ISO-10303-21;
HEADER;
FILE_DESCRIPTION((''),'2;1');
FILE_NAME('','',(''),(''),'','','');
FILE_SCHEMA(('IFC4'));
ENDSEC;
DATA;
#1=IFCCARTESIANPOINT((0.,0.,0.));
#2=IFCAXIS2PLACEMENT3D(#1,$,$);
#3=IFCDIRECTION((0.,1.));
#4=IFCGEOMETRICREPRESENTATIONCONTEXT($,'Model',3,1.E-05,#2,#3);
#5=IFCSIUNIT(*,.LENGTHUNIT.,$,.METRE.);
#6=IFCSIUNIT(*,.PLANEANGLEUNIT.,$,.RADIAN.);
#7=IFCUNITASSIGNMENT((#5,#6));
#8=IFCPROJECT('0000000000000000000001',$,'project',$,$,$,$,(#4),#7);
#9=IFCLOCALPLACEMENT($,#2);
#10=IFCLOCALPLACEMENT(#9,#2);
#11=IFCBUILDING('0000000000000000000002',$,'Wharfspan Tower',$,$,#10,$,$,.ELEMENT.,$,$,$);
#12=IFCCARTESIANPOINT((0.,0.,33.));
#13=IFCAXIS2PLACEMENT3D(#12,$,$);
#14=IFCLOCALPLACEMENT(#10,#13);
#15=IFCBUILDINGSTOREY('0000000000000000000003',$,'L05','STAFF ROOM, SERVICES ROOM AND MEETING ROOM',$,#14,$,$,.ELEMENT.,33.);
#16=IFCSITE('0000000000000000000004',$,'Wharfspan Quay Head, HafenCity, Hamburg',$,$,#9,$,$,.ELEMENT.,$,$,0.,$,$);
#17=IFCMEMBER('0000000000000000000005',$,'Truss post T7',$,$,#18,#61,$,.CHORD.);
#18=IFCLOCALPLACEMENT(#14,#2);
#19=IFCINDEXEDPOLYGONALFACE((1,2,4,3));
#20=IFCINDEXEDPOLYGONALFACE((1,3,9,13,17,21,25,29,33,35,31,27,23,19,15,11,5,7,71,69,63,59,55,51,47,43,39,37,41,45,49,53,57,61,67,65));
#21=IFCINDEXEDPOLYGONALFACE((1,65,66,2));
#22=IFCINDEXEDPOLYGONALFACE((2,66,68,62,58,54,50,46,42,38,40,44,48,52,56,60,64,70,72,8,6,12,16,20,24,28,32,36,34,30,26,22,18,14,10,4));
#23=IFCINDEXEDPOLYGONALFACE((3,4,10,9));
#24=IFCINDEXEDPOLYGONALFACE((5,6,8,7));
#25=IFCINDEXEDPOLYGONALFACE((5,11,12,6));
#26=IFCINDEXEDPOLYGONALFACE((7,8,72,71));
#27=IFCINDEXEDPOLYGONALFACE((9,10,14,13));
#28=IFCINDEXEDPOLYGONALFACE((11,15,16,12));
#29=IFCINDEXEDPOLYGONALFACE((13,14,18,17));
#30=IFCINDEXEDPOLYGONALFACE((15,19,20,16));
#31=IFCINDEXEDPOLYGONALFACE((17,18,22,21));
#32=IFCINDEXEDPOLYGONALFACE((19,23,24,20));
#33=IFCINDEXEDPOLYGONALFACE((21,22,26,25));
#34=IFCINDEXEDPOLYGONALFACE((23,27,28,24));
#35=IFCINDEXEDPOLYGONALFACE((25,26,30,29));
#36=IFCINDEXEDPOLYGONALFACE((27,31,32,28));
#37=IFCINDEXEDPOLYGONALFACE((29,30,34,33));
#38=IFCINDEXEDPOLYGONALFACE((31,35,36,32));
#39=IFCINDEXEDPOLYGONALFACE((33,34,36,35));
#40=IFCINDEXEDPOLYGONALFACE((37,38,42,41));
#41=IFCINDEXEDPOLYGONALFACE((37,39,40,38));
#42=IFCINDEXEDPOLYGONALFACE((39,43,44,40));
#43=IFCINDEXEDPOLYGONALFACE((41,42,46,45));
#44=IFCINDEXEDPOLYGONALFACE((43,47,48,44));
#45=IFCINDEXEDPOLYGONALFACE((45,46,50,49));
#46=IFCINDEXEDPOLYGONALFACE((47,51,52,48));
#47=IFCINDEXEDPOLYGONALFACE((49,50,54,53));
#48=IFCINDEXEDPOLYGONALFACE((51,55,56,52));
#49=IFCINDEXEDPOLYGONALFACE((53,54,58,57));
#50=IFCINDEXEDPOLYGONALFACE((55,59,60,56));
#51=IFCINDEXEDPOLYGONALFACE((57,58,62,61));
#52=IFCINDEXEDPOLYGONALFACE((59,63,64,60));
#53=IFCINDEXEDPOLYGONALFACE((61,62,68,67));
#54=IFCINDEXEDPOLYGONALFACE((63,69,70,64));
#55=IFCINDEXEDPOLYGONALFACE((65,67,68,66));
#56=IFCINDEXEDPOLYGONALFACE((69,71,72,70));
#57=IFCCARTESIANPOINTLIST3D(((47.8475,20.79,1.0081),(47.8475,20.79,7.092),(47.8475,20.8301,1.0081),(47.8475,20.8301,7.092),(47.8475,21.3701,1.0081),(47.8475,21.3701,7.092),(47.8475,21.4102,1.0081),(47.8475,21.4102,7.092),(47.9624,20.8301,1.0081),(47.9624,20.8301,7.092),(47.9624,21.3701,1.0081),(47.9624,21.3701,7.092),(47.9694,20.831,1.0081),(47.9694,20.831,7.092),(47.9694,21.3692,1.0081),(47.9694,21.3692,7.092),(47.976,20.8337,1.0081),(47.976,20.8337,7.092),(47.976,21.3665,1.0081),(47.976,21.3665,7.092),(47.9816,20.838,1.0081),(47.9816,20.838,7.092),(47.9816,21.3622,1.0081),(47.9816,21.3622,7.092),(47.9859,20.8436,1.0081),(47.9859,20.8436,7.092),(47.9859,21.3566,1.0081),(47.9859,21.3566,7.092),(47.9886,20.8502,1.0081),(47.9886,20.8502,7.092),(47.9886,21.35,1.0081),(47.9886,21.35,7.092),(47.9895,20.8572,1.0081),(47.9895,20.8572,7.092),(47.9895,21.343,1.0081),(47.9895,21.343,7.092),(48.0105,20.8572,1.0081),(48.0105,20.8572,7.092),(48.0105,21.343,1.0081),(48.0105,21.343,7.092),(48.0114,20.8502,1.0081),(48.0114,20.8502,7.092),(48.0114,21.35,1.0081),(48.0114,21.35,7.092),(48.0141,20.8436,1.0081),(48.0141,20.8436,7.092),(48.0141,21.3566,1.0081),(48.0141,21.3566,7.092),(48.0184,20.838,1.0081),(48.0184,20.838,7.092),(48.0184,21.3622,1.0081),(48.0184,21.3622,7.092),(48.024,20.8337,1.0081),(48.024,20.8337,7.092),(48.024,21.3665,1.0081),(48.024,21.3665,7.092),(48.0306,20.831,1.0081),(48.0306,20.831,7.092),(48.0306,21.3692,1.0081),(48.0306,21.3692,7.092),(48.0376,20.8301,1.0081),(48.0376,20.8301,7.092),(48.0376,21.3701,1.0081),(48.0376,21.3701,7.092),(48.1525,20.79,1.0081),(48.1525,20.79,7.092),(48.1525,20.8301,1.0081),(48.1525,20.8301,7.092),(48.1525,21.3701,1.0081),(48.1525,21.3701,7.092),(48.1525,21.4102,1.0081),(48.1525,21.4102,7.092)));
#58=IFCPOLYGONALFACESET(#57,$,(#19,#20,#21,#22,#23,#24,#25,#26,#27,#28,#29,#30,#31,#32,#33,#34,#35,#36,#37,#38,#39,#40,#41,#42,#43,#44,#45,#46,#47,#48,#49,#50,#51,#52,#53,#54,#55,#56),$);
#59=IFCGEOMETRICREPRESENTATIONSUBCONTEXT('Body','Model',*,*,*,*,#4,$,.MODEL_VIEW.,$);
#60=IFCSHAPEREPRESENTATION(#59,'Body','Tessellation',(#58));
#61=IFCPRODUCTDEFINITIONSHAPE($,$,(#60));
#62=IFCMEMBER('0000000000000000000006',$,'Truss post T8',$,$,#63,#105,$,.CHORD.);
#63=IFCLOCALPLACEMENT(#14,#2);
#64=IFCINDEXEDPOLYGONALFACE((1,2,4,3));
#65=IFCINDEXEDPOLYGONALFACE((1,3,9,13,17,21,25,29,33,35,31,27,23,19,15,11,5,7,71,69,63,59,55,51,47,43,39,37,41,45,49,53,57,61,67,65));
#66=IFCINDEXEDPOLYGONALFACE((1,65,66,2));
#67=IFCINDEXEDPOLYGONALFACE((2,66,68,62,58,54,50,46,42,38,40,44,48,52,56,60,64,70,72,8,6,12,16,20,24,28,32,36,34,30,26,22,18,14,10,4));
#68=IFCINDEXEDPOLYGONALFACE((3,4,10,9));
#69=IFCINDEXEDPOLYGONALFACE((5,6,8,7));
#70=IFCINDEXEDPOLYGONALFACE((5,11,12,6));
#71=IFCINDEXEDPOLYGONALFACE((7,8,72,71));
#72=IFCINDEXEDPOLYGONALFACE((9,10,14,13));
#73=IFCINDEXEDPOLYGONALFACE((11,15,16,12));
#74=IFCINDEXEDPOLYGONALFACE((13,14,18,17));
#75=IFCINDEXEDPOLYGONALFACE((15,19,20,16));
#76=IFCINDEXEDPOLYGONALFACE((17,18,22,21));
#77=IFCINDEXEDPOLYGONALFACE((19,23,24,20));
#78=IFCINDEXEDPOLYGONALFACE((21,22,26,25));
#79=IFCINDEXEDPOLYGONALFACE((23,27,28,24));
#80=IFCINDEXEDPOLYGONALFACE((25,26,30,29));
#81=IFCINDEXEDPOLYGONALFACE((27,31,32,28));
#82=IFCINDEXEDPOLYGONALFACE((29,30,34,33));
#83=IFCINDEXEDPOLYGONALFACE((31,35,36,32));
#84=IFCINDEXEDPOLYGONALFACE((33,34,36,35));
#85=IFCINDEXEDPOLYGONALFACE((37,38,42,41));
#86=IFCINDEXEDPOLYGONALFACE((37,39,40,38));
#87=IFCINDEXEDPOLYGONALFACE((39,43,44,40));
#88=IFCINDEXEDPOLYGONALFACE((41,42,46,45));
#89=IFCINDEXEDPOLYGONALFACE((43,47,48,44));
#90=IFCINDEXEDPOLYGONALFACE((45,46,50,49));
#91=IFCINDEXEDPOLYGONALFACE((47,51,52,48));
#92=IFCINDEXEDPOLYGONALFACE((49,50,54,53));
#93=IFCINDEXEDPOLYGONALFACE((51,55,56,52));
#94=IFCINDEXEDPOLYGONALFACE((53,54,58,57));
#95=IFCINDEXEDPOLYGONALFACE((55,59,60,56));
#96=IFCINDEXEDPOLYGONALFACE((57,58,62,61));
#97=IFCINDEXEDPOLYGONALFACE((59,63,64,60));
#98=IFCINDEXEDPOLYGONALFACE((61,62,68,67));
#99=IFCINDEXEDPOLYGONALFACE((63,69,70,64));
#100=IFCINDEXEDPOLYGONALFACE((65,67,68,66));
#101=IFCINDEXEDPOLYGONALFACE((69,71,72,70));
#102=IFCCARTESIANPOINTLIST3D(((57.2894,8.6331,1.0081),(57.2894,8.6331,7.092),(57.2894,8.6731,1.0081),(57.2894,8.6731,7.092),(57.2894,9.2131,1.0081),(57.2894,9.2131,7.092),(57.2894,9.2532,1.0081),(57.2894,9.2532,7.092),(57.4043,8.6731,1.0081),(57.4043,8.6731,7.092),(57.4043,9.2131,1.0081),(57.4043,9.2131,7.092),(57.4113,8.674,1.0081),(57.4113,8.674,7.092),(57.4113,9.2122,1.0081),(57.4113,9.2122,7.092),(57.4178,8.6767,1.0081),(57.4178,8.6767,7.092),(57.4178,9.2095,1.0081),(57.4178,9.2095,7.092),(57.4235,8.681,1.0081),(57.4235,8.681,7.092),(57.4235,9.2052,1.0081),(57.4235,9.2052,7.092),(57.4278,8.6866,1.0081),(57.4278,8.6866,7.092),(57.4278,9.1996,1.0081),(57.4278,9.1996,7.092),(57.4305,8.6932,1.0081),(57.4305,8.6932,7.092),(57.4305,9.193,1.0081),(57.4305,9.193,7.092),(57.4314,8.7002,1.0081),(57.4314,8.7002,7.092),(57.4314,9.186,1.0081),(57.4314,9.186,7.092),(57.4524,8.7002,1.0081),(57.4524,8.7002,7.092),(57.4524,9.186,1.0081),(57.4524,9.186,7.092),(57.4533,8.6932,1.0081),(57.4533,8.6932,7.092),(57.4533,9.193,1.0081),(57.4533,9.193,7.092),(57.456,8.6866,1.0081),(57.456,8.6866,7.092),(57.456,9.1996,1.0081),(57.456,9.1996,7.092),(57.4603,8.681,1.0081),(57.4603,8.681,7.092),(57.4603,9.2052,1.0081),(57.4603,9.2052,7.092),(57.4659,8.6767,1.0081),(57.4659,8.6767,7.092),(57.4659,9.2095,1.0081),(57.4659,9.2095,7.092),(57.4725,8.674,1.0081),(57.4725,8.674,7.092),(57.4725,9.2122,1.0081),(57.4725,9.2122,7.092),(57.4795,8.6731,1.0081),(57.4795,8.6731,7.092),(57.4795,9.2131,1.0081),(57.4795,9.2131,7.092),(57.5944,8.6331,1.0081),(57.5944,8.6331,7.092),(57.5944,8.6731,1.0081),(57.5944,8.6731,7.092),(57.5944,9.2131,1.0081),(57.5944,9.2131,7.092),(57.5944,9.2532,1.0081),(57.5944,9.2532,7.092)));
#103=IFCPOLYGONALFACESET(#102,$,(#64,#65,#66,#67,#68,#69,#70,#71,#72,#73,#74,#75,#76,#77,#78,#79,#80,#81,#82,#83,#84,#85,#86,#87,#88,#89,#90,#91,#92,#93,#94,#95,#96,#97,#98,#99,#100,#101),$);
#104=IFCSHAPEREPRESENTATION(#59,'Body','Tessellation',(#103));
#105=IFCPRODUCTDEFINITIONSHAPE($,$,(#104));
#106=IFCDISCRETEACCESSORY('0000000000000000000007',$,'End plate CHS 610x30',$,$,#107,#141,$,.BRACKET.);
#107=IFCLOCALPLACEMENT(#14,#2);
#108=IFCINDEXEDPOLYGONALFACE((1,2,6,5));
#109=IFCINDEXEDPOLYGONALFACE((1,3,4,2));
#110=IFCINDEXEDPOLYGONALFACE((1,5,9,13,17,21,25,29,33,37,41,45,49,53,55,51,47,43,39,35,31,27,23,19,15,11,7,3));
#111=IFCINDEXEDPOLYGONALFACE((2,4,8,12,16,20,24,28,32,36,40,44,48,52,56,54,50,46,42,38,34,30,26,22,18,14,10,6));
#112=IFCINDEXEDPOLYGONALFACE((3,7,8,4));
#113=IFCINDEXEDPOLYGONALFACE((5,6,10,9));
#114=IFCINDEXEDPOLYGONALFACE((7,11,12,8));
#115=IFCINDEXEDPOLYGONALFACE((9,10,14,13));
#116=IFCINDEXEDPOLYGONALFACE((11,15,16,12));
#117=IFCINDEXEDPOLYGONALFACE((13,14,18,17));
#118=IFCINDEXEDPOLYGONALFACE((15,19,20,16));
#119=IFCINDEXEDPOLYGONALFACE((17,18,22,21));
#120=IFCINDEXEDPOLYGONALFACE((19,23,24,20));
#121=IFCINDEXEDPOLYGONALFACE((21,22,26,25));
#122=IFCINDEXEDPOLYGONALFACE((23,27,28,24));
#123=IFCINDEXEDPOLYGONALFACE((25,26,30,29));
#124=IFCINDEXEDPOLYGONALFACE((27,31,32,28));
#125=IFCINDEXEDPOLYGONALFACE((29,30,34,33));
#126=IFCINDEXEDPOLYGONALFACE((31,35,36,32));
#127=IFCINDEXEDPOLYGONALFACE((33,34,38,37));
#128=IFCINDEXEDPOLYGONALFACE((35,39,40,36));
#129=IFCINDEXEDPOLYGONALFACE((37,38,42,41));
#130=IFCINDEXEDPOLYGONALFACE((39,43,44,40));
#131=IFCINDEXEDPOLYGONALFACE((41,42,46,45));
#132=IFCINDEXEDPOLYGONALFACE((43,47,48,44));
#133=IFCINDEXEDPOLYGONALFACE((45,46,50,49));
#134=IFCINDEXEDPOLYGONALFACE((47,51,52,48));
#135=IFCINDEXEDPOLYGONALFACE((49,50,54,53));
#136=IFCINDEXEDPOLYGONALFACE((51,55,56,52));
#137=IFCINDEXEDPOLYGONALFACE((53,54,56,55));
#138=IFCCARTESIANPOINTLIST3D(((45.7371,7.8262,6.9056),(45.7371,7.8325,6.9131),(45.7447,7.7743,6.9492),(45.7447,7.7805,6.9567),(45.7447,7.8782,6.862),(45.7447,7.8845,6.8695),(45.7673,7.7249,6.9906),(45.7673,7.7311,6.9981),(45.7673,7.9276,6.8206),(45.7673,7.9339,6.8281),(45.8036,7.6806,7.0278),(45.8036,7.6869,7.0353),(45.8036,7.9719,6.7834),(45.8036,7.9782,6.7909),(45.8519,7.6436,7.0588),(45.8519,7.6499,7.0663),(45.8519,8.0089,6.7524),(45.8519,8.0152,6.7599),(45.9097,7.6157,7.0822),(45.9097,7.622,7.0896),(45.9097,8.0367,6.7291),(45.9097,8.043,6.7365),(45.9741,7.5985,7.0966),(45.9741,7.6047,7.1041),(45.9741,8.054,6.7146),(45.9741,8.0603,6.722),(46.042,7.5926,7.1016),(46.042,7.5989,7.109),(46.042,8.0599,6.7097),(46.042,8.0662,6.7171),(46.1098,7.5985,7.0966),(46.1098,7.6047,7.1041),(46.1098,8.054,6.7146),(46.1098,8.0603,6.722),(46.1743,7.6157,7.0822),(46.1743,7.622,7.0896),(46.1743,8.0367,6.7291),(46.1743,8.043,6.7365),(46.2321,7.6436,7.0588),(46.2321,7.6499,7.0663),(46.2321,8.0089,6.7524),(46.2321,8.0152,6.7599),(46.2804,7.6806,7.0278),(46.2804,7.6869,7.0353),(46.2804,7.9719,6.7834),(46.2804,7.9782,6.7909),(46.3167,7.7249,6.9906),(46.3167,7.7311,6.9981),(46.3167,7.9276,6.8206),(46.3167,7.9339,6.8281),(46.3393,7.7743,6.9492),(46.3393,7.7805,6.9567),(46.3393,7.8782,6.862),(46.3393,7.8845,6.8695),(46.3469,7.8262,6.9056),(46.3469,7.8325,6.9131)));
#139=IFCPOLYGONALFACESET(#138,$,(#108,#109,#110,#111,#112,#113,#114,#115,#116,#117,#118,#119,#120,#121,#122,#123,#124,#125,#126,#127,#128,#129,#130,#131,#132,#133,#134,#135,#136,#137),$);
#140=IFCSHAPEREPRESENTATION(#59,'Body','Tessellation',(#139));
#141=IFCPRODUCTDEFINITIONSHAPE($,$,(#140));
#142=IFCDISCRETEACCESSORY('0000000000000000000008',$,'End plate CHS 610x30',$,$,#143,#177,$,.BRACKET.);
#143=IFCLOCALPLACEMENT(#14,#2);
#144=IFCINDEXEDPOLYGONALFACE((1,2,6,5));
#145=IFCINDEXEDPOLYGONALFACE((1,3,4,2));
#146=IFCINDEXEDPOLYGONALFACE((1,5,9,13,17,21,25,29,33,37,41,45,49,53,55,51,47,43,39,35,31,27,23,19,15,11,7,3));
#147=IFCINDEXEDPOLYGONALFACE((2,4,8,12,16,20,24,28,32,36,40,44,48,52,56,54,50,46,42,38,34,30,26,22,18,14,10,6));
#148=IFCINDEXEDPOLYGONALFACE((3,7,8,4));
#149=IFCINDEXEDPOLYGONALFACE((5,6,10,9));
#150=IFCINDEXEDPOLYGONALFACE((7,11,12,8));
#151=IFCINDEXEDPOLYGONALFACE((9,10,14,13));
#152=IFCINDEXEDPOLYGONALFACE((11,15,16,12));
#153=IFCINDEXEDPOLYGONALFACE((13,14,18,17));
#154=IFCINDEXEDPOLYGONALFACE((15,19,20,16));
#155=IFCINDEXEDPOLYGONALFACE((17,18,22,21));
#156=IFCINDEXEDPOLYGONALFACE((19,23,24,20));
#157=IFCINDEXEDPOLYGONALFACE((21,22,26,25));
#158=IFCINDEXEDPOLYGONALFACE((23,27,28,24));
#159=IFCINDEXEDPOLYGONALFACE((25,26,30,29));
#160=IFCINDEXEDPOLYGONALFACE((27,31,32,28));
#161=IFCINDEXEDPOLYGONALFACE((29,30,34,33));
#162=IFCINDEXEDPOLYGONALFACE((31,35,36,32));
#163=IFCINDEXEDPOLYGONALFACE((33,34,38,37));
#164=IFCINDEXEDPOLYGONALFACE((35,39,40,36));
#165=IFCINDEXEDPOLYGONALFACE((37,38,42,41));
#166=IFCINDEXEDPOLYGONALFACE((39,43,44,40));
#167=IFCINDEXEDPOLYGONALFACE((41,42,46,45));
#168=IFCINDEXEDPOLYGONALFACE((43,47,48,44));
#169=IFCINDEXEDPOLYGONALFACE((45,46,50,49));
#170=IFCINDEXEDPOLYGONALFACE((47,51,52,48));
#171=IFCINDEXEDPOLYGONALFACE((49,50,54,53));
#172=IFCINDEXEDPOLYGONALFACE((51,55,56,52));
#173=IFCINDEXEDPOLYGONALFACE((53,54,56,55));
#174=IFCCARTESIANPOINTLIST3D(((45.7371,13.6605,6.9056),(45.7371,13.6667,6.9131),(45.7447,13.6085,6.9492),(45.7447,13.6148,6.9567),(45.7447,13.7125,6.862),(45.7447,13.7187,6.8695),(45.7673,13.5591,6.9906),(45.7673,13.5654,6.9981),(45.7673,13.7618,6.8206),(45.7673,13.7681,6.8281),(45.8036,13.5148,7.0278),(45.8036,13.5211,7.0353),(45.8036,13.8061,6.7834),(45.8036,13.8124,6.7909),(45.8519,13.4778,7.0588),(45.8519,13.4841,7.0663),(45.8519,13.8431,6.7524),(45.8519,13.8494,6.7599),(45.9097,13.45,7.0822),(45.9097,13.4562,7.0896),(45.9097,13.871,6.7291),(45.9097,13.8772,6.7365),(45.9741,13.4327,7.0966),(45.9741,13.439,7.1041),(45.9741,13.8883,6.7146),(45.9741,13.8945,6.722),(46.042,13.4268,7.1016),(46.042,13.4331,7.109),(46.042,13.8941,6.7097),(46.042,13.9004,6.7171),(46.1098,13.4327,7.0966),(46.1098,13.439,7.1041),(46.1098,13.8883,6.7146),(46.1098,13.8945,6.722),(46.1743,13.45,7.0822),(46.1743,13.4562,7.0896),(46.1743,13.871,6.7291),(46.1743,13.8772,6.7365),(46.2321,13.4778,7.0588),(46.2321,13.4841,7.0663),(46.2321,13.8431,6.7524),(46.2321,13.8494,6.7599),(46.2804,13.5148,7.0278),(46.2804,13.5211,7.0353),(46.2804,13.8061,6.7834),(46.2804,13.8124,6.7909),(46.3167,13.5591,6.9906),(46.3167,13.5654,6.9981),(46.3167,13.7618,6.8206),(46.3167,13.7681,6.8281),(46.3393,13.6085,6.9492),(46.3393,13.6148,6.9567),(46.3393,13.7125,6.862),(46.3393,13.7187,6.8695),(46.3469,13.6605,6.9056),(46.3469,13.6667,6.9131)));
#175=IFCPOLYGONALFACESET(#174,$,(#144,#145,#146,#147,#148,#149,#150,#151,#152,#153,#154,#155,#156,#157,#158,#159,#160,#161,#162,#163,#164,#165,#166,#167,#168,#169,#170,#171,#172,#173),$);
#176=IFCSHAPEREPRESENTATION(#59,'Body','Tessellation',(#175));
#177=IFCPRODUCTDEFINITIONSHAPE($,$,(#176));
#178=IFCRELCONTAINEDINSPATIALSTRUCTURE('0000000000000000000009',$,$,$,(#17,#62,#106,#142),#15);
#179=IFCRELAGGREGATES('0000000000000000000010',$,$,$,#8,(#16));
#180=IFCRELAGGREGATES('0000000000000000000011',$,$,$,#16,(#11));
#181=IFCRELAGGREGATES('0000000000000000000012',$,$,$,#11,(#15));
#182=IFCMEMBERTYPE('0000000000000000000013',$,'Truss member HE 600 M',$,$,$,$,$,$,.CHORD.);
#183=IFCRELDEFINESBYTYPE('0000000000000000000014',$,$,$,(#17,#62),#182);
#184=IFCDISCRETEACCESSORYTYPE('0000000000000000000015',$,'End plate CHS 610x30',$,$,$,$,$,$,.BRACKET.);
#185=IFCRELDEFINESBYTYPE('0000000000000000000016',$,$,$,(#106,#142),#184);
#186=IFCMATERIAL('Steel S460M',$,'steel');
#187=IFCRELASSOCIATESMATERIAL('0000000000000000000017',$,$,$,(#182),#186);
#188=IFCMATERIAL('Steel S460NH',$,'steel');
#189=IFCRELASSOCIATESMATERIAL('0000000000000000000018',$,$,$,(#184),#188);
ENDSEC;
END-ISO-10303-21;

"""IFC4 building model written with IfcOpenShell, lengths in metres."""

from ifc_helpers import new_model, si_unit, direction, frame, origin, origin_2d, place, context, subcontext, project, spatial, circle, i_section, extrude, material, material_profile, profile_set, type_object, element, save


model = new_model("IFC4")

# Units and contexts
model_context = context("Model", 3, precision=1e-05, world=origin(), true_north=direction((0.0, 1.0)))
body_context = subcontext(model_context, "Body", "Model", "MODEL_VIEW")
ifc_project = project(units=[si_unit("LENGTHUNIT", "METRE"), si_unit("PLANEANGLEUNIT", "RADIAN")], contexts=[model_context])

# Site, building, storey
site_placement = place(None, origin())
site = spatial("IfcSite", under=ifc_project, at=site_placement, Name="Wharfspan Quay Head, HafenCity, Hamburg", CompositionType="ELEMENT", RefElevation=0.0)
building_placement = place(site_placement, origin())
building = spatial("IfcBuilding", under=site, at=building_placement, Name="Wharfspan Tower", CompositionType="ELEMENT")
storey_placement = place(building_placement, frame((0.0, 0.0, 33.0)))
storey = spatial("IfcBuildingStorey", under=building, at=storey_placement, Name="L05", Description="STAFF ROOM, SERVICES ROOM AND MEETING ROOM", CompositionType="ELEMENT", Elevation=33.0)

# Members
ifc_material_1 = material(Name="Steel S460NH", Category="steel")
ifc_material_2 = material(Name="Steel S460M", Category="steel")
ifc_material_profile_1 = material_profile(ifc_material_2, i_section(OverallWidth=0.3049, OverallDepth=0.6201, WebThickness=0.021, FlangeThickness=0.04, FilletRadius=0.0271, at=origin_2d()))
ifc_profile_set_1 = profile_set([ifc_material_profile_1], Name="Steel S460M")
member_type_1 = type_object("IfcMemberType", Name="Truss member HE 600 M", PredefinedType="CHORD", material=ifc_profile_set_1)
for number, where, z_axis, x_axis, name in (
    (1, (48.0, 21.1001, 1.0081), (0.0, 0.0, 1.0), (1.0, 0.0, 0.0), "Truss post T7"),
    (2, (57.4419, 8.9431, 1.0081), (0.0, 0.0, 1.0), (1.0, 0.0, 0.0), "Truss post T8"),
):
    element("IfcMember", number, at=place(storey_placement, frame(where, z_axis=z_axis, x_axis=x_axis)), inside=storey, type_object=member_type_1, Name=name, PredefinedType="CHORD", context=body_context, shape_type="SweptSolid", body=[
        extrude(i_section(OverallWidth=0.3049, OverallDepth=0.6201, WebThickness=0.021, FlangeThickness=0.04, FilletRadius=0.0271, at=origin_2d()), origin(), (0.0, 0.0, 1.0), 6.084),
    ])

# Discrete accessories
ifc_material_profile_2 = material_profile(ifc_material_1, circle(Radius=0.3049, at=origin_2d()))
ifc_profile_set_2 = profile_set([ifc_material_profile_2], Name="Steel S460NH")
discrete_accessory_type = type_object("IfcDiscreteAccessoryType", Name="End plate CHS 610x30", PredefinedType="BRACKET", material=ifc_profile_set_2)
for number, where, z_axis, x_axis, name in (
    (3, (46.042, 7.8325, 6.9131), (0.0, -0.642612, -0.766192), (1.0, 0.0, 0.0), "End plate CHS 610x30"),
    (4, (46.042, 13.6667, 6.9131), (0.0, -0.642612, -0.766192), (1.0, 0.0, 0.0), "End plate CHS 610x30"),
):
    element("IfcDiscreteAccessory", number, at=place(storey_placement, frame(where, z_axis=z_axis, x_axis=x_axis)), inside=storey, type_object=discrete_accessory_type, Name=name, PredefinedType="BRACKET", context=body_context, shape_type="SweptSolid", body=[
        extrude(circle(Radius=0.3049, at=origin_2d()), origin(), (0.0, 0.0, 1.0), 0.0098),
    ])

save(model, "model.ifc")
